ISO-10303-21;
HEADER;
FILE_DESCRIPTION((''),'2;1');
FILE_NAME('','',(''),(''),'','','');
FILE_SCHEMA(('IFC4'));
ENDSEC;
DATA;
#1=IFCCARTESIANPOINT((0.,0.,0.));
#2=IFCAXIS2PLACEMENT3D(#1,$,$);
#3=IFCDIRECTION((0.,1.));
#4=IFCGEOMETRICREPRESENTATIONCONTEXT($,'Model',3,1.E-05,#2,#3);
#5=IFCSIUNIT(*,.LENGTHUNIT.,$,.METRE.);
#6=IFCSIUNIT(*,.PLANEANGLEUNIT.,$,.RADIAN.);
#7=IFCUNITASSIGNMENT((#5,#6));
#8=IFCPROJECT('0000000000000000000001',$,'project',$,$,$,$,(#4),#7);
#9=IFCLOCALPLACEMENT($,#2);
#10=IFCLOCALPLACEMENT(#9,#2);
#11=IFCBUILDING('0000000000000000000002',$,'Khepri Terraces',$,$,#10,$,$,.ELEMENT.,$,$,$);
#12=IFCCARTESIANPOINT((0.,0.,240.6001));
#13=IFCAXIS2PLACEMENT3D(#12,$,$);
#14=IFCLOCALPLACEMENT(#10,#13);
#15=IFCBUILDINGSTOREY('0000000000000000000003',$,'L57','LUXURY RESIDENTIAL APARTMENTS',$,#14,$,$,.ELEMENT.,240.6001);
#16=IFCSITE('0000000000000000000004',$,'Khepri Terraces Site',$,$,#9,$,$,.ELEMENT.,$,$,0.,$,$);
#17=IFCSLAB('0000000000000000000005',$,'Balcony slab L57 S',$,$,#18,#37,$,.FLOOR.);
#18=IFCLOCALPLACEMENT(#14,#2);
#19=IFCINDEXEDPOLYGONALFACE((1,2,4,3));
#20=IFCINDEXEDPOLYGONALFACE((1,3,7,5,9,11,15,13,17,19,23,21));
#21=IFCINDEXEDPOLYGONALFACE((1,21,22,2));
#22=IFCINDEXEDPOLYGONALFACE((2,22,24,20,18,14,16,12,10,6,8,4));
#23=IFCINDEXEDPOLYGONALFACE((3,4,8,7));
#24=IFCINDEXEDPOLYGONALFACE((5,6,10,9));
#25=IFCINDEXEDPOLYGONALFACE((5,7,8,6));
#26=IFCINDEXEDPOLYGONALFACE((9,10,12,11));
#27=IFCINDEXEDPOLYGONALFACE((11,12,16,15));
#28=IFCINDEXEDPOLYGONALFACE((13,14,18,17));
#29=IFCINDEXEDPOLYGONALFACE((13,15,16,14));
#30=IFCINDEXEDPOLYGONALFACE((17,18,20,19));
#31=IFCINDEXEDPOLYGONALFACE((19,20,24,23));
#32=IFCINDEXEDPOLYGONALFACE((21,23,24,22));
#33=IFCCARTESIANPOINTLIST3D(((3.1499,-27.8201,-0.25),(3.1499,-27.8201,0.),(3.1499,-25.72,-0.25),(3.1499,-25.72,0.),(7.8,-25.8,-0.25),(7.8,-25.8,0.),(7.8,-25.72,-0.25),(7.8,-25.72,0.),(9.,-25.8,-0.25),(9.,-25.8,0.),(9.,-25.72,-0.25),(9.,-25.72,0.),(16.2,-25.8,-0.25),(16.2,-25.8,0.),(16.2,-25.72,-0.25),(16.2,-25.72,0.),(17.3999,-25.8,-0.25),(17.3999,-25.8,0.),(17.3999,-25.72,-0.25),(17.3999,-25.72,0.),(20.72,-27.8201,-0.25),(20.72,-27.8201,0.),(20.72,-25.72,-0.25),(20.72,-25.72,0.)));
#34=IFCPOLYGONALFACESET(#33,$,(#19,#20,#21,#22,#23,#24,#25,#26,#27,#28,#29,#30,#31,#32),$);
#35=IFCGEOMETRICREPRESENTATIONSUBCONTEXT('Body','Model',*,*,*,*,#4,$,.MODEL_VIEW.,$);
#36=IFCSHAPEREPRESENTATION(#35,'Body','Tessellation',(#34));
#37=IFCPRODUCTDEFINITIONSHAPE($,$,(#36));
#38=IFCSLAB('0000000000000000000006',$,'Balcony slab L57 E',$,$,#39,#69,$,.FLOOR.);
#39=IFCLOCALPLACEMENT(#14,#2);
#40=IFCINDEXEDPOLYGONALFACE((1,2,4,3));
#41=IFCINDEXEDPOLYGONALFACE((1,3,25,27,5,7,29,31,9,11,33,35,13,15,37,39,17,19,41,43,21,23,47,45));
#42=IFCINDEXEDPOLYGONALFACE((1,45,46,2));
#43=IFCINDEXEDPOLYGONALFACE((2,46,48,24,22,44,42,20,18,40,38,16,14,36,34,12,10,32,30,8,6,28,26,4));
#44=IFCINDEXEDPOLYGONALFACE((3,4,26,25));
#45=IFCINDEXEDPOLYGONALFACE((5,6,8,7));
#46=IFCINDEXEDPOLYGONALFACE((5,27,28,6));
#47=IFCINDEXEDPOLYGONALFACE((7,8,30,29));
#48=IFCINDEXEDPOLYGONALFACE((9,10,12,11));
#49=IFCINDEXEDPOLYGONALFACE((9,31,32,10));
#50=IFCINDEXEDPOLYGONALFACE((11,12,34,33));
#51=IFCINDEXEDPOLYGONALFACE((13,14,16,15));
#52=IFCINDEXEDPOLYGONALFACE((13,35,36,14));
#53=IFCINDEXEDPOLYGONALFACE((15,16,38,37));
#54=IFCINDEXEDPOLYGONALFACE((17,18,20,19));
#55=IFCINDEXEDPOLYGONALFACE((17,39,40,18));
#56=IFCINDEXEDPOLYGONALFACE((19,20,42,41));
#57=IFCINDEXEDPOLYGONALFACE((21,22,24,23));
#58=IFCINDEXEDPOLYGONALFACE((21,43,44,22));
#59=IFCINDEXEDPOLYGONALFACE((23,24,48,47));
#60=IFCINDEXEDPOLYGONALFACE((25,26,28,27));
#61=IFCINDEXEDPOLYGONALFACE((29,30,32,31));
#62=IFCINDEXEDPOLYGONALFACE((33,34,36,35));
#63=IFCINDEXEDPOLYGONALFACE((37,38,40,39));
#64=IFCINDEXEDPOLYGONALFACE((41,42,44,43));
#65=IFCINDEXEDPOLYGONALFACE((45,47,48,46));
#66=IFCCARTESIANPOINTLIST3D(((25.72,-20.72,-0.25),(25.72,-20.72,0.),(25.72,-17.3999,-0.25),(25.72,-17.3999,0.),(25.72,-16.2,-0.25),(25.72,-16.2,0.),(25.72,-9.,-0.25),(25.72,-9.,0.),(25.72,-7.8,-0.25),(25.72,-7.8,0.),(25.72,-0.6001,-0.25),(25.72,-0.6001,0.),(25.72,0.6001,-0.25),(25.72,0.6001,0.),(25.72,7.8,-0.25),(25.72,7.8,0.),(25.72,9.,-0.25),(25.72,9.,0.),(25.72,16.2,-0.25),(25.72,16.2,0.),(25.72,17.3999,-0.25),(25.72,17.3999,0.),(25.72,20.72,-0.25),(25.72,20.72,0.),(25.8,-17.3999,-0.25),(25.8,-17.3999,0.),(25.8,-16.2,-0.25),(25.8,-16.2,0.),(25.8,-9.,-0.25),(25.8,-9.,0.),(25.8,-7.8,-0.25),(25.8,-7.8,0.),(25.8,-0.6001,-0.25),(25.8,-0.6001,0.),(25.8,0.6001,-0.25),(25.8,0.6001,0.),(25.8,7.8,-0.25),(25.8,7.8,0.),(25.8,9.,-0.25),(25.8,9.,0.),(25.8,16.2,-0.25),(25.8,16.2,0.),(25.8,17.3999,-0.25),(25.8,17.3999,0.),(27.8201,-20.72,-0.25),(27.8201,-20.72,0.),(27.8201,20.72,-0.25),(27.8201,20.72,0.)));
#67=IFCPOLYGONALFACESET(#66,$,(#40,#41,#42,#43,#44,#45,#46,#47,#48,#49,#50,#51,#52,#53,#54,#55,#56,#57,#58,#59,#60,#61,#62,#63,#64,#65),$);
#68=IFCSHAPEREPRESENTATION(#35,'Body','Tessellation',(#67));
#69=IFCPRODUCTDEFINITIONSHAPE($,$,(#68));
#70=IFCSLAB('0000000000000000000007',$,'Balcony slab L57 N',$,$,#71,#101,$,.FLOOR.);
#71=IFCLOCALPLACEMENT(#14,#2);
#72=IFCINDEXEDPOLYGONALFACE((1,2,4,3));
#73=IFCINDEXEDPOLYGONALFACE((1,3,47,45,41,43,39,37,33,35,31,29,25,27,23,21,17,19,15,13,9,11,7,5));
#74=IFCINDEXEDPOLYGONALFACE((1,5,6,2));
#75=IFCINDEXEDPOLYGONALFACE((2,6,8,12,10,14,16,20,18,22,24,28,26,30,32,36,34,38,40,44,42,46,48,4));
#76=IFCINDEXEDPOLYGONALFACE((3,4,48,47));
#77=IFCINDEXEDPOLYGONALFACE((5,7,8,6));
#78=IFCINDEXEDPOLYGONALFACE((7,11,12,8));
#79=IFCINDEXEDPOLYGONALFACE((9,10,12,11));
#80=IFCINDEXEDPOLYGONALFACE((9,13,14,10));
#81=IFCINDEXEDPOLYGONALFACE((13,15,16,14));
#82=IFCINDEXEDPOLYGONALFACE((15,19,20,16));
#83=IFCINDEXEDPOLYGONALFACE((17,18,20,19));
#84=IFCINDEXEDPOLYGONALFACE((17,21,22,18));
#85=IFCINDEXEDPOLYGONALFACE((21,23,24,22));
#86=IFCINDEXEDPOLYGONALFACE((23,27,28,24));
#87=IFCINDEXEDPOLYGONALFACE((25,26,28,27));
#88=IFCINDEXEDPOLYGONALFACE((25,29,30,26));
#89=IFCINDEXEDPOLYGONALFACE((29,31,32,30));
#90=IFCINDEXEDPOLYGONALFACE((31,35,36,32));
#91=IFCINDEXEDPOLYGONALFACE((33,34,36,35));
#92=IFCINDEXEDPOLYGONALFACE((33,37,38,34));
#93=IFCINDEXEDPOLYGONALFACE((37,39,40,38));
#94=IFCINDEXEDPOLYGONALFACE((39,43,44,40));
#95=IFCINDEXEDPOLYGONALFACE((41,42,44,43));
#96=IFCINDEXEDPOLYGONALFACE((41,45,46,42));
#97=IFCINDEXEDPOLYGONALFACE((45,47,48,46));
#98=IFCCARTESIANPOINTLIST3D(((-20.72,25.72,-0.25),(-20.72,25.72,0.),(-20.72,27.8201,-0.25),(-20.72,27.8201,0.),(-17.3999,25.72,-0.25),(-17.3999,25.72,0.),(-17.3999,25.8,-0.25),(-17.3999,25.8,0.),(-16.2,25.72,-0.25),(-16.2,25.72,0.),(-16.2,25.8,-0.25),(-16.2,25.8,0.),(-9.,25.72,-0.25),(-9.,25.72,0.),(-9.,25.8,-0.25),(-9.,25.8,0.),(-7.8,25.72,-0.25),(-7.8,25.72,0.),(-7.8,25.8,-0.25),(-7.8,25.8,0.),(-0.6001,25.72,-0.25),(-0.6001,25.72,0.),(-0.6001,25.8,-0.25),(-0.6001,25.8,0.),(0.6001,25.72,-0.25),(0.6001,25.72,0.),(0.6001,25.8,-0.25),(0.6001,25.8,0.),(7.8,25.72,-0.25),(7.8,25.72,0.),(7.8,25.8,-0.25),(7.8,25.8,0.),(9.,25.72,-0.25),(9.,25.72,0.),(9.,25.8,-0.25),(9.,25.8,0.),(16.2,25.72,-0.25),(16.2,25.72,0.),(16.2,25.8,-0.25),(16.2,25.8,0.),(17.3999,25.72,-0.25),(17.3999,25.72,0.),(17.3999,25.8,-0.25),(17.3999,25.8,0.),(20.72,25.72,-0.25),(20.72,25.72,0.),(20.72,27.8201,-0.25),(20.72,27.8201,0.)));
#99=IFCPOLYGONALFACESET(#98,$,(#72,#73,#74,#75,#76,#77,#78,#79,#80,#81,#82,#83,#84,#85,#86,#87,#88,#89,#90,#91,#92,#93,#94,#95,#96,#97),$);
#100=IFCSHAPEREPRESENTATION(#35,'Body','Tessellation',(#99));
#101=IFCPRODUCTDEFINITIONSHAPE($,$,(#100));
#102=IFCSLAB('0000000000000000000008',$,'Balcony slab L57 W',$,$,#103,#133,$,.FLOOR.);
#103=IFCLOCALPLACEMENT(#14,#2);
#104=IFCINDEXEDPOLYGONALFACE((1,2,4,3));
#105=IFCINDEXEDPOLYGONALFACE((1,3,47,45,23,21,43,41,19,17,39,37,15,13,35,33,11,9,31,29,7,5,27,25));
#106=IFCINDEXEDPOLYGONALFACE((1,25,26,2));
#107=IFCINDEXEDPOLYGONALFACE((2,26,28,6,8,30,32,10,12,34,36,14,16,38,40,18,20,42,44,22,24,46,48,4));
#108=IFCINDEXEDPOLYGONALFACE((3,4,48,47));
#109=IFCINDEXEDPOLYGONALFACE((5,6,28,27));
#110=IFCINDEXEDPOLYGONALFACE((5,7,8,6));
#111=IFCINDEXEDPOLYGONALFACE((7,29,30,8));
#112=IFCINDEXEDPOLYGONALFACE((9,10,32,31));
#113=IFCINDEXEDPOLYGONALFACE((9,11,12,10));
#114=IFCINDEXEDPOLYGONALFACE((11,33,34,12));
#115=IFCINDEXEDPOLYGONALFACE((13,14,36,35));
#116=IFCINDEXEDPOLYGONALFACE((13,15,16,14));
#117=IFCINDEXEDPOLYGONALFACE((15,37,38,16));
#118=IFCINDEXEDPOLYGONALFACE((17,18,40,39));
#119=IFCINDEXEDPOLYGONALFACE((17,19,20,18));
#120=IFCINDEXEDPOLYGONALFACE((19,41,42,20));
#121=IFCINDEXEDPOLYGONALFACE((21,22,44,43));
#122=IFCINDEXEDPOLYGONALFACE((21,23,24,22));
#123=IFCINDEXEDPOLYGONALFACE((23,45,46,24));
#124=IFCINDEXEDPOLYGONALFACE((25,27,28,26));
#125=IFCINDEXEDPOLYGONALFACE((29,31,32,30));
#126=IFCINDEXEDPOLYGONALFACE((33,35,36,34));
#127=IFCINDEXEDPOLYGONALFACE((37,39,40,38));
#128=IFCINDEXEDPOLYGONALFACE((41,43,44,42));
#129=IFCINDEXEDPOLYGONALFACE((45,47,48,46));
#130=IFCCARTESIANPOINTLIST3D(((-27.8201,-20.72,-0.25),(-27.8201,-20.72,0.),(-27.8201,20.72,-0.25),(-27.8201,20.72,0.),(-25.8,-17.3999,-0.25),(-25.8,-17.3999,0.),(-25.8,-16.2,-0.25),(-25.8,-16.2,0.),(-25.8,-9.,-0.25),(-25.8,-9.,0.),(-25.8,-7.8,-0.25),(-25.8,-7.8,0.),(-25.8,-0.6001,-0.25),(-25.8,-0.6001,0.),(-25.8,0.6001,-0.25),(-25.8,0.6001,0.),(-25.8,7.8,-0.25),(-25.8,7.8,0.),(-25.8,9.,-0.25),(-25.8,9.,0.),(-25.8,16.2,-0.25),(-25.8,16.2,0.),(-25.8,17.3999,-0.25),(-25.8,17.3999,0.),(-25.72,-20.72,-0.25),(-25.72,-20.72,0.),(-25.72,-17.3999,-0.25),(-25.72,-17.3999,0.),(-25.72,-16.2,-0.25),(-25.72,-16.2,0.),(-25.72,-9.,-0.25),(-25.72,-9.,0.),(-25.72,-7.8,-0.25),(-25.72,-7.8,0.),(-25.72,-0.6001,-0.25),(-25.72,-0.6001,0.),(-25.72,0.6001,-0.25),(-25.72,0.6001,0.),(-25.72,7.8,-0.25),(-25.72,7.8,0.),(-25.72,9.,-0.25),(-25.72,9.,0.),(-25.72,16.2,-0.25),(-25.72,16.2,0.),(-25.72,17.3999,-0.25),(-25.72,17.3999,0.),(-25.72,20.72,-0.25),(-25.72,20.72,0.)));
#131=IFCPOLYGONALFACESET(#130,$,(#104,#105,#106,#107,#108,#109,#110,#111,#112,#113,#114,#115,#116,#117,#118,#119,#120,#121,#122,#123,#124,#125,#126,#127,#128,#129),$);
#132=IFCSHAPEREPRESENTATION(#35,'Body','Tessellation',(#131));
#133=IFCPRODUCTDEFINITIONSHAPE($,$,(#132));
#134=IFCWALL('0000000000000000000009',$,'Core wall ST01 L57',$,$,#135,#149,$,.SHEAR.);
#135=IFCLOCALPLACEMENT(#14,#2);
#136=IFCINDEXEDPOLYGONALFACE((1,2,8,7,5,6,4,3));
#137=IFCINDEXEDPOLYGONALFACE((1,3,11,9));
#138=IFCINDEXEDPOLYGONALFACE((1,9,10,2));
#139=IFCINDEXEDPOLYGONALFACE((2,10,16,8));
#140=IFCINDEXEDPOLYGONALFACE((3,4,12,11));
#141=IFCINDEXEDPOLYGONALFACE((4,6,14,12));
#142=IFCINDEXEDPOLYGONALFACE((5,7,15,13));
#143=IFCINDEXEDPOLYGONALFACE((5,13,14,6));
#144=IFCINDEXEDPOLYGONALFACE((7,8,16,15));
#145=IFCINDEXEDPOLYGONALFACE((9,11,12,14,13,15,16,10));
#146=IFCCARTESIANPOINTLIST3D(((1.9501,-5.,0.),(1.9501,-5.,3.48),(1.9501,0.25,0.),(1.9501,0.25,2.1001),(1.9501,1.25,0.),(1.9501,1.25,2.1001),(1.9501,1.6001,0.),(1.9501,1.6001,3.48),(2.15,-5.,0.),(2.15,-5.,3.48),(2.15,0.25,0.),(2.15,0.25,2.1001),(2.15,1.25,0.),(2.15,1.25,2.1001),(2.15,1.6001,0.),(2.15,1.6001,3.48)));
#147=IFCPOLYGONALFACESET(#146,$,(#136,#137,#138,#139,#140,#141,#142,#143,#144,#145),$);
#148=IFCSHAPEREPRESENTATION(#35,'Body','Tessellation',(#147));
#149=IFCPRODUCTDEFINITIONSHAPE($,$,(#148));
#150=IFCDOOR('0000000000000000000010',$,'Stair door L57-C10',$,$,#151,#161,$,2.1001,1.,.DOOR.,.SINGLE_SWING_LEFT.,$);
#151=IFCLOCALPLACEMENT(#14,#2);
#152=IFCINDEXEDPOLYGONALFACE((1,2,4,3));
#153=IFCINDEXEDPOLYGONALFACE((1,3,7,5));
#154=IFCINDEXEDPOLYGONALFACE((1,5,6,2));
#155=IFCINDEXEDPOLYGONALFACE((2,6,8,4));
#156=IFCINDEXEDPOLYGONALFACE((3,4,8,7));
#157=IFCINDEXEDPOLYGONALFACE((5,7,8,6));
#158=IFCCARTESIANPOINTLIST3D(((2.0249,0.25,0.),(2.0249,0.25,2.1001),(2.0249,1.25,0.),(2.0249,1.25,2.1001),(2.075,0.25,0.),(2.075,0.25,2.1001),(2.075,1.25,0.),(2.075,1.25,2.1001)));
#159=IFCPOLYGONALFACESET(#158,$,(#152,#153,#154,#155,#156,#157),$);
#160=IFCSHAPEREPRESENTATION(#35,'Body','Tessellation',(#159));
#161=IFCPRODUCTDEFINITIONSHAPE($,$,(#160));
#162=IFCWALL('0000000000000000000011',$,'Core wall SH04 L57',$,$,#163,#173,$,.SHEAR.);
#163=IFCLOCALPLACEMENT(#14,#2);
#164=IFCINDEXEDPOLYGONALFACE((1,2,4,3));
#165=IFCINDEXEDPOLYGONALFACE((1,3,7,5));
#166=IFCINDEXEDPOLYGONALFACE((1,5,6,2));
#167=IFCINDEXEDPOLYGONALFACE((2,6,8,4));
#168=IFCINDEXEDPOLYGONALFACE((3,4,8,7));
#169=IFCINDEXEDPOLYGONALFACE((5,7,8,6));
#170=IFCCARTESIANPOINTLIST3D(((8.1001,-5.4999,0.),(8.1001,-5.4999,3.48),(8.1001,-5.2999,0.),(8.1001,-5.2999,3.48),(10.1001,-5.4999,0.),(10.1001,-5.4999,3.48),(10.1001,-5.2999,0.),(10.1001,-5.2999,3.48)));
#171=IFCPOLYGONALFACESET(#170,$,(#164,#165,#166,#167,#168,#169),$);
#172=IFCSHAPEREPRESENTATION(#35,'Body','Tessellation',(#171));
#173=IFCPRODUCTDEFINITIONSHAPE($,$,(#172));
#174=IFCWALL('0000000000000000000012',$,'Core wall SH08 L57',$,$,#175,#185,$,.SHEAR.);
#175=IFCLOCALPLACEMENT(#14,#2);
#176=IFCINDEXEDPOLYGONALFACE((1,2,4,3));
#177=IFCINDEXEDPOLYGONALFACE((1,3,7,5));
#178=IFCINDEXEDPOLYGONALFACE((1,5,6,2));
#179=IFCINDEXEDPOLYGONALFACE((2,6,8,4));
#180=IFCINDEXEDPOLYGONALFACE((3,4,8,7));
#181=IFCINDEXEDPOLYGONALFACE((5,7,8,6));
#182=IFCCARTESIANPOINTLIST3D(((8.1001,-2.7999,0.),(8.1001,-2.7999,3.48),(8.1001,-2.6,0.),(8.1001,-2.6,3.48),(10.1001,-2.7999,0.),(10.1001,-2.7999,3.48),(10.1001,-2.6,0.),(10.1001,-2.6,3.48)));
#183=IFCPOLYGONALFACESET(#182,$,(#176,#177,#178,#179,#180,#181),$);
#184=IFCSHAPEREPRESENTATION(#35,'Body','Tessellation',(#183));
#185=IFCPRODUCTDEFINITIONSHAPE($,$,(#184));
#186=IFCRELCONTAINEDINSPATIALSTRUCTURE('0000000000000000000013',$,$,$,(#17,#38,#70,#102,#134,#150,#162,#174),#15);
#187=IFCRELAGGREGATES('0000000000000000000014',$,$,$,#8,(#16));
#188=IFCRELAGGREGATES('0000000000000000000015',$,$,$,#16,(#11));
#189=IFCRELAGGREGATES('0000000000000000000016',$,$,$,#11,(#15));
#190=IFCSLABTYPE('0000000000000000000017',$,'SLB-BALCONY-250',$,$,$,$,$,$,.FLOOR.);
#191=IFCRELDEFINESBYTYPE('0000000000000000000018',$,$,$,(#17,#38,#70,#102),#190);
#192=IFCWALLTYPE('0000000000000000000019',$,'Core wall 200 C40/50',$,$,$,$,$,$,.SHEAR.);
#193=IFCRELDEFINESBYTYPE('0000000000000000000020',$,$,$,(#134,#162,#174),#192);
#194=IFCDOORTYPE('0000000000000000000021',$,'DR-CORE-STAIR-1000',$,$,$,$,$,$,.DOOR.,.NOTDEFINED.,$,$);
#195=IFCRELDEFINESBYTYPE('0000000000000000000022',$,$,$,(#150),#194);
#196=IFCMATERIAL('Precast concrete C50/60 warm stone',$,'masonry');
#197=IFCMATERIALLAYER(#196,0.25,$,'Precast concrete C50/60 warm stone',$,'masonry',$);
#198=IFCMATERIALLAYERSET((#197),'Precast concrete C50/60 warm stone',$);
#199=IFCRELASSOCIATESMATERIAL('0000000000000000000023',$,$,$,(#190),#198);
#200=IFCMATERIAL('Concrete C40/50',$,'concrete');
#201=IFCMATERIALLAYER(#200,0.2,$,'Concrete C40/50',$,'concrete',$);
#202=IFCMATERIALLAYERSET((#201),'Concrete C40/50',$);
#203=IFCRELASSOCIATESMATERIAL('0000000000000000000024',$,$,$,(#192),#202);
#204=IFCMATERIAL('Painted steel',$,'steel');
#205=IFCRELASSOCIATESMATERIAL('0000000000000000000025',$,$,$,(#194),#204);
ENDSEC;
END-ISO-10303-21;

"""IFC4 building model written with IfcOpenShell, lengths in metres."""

from ifc_helpers import new_model, si_unit, direction, frame, frame_2d, origin, place, context, subcontext, project, spatial, polyline, rectangle, outline, extrude, material, layer, layer_set, type_object, element, fill, save


model = new_model("IFC4")

# Units and contexts
model_context = context("Model", 3, precision=1e-05, world=origin(), true_north=direction((0.0, 1.0)))
body_context = subcontext(model_context, "Body", "Model", "MODEL_VIEW")
ifc_project = project(units=[si_unit("LENGTHUNIT", "METRE"), si_unit("PLANEANGLEUNIT", "RADIAN")], contexts=[model_context])

# Site, building, storey
site_placement = place(None, origin())
site = spatial("IfcSite", under=ifc_project, at=site_placement, Name="Khepri Terraces Site", CompositionType="ELEMENT", RefElevation=0.0)
building_placement = place(site_placement, origin())
building = spatial("IfcBuilding", under=site, at=building_placement, Name="Khepri Terraces", CompositionType="ELEMENT")
storey_placement = place(building_placement, frame((0.0, 0.0, 240.6001)))
storey = spatial("IfcBuildingStorey", under=building, at=storey_placement, Name="L57", Description="LUXURY RESIDENTIAL APARTMENTS", CompositionType="ELEMENT", Elevation=240.6001)

# Slabs
ifc_material_1 = material(Name="Precast concrete C50/60 warm stone", Category="masonry")
ifc_layer_1 = layer(ifc_material_1, 0.25, Name="Precast concrete C50/60 warm stone", Category="masonry")
ifc_layer_set_1 = layer_set([ifc_layer_1], Name="Precast concrete C50/60 warm stone")
slab_type = type_object("IfcSlabType", Name="SLB-BALCONY-250", PredefinedType="FLOOR", material=ifc_layer_set_1)
slab_1_placement = place(storey_placement, frame((0.0, 0.0, -0.25)))
element("IfcSlab", 1, at=slab_1_placement, inside=storey, type_object=slab_type, Name="Balcony slab L57 S", PredefinedType="FLOOR", context=body_context, shape_type="SweptSolid", body=[
    extrude(outline(polyline([(7.8, -25.72), (3.1499, -25.72), (3.1499, -27.8201), (20.72, -27.8201), (20.72, -25.72), (17.3999, -25.72), (17.3999, -25.8), (16.2, -25.8), (16.2, -25.72), (9.0, -25.72), (9.0, -25.8), (7.8, -25.8), (7.8, -25.72)])), origin(), (0.0, 0.0, 1.0), 0.25),
])
slab_2_placement = place(storey_placement, frame((0.0, 0.0, -0.25)))
element("IfcSlab", 2, at=slab_2_placement, inside=storey, type_object=slab_type, Name="Balcony slab L57 E", PredefinedType="FLOOR", context=body_context, shape_type="SweptSolid", body=[
    extrude(outline(polyline([(25.72, -17.3999), (25.72, -20.72), (27.8201, -20.72), (27.8201, 20.72), (25.72, 20.72), (25.72, 17.3999), (25.8, 17.3999), (25.8, 16.2), (25.72, 16.2), (25.72, 9.0), (25.8, 9.0), (25.8, 7.8), (25.72, 7.8), (25.72, 0.6001), (25.8, 0.6001), (25.8, -0.6001), (25.72, -0.6001), (25.72, -7.8), (25.8, -7.8), (25.8, -9.0), (25.72, -9.0), (25.72, -16.2), (25.8, -16.2), (25.8, -17.3999), (25.72, -17.3999)])), origin(), (0.0, 0.0, 1.0), 0.25),
])
slab_3_placement = place(storey_placement, frame((0.0, 0.0, -0.25)))
element("IfcSlab", 3, at=slab_3_placement, inside=storey, type_object=slab_type, Name="Balcony slab L57 N", PredefinedType="FLOOR", context=body_context, shape_type="SweptSolid", body=[
    extrude(outline(polyline([(17.3999, 25.72), (20.72, 25.72), (20.72, 27.8201), (-20.72, 27.8201), (-20.72, 25.72), (-17.3999, 25.72), (-17.3999, 25.8), (-16.2, 25.8), (-16.2, 25.72), (-9.0, 25.72), (-9.0, 25.8), (-7.8, 25.8), (-7.8, 25.72), (-0.6001, 25.72), (-0.6001, 25.8), (0.6001, 25.8), (0.6001, 25.72), (7.8, 25.72), (7.8, 25.8), (9.0, 25.8), (9.0, 25.72), (16.2, 25.72), (16.2, 25.8), (17.3999, 25.8), (17.3999, 25.72)])), origin(), (0.0, 0.0, 1.0), 0.25),
])
slab_4_placement = place(storey_placement, frame((0.0, 0.0, -0.25)))
element("IfcSlab", 4, at=slab_4_placement, inside=storey, type_object=slab_type, Name="Balcony slab L57 W", PredefinedType="FLOOR", context=body_context, shape_type="SweptSolid", body=[
    extrude(outline(polyline([(-25.72, 17.3999), (-25.72, 20.72), (-27.8201, 20.72), (-27.8201, -20.72), (-25.72, -20.72), (-25.72, -17.3999), (-25.8, -17.3999), (-25.8, -16.2), (-25.72, -16.2), (-25.72, -9.0), (-25.8, -9.0), (-25.8, -7.8), (-25.72, -7.8), (-25.72, -0.6001), (-25.8, -0.6001), (-25.8, 0.6001), (-25.72, 0.6001), (-25.72, 7.8), (-25.8, 7.8), (-25.8, 9.0), (-25.72, 9.0), (-25.72, 16.2), (-25.8, 16.2), (-25.8, 17.3999), (-25.72, 17.3999)])), origin(), (0.0, 0.0, 1.0), 0.25),
])

# Wall, opening, door
ifc_material_2 = material(Name="Concrete C40/50", Category="concrete")
ifc_layer_2 = layer(ifc_material_2, 0.2, Name="Concrete C40/50", Category="concrete")
ifc_layer_set_2 = layer_set([ifc_layer_2], Name="Concrete C40/50")
wall_type_1 = type_object("IfcWallType", Name="Core wall 200 C40/50", PredefinedType="SHEAR", material=ifc_layer_set_2)
wall_1_placement = place(storey_placement, frame((2.05, -5.0, 0.0), z_axis=(0.0, 0.0, 1.0), x_axis=(0.0, 1.0, 0.0)))
wall_1 = element("IfcWall", 5, at=wall_1_placement, inside=storey, type_object=wall_type_1, Name="Core wall ST01 L57", PredefinedType="SHEAR", context=body_context, shape_type="SweptSolid", body=[
    extrude(rectangle(XDim=6.6001, YDim=0.2, at=frame_2d((3.3, 0.0))), origin(), (0.0, 0.0, 1.0), 3.48),
])
opening_1_placement = place(wall_1_placement, frame((5.25, 0.0, 0.0)))
opening_1 = element("IfcOpeningElement", 6, at=opening_1_placement, cuts=wall_1, PredefinedType="OPENING", context=body_context, shape_type="SweptSolid", body=[
    extrude(rectangle(XDim=1.0, YDim=2.1001, at=frame_2d((0.5, 1.05))), frame((0.0, 0.1099, 0.0), z_axis=(0.0, -1.0, 0.0), x_axis=(1.0, 0.0, 0.0)), (0.0, 0.0, 1.0), 0.22),
])
ifc_material_3 = material(Name="Painted steel", Category="steel")
door_type_1 = type_object("IfcDoorType", Name="DR-CORE-STAIR-1000", OperationType="NOTDEFINED", PredefinedType="DOOR", material=ifc_material_3)
door_1_placement = place(opening_1_placement, frame((1.0, 0.0, 0.0), z_axis=(0.0, 0.0, 1.0), x_axis=(-1.0, 0.0, 0.0)))
door_1 = element("IfcDoor", 7, at=door_1_placement, inside=storey, type_object=door_type_1, Name="Stair door L57-C10", OperationType="SINGLE_SWING_LEFT", OverallHeight=2.1001, OverallWidth=1.0, PredefinedType="DOOR", context=body_context, shape_type="SweptSolid", body=[
    extrude(rectangle(XDim=1.0, YDim=2.1001, at=frame_2d((0.5, 1.05))), frame((0.0, 0.0249, 0.0), z_axis=(0.0, -1.0, 0.0), x_axis=(1.0, 0.0, 0.0)), (0.0, 0.0, 1.0), 0.05),
])
fill(opening_1, door_1)

# Walls
for number, where, z_axis, x_axis, name in (
    (8, (8.1001, -5.3999, 0.0), (0.0, 0.0, 1.0), (1.0, 0.0, 0.0), "Core wall SH04 L57"),
    (9, (8.1001, -2.7, 0.0), (0.0, 0.0, 1.0), (1.0, 0.0, 0.0), "Core wall SH08 L57"),
):
    element("IfcWall", number, at=place(storey_placement, frame(where, z_axis=z_axis, x_axis=x_axis)), inside=storey, type_object=wall_type_1, Name=name, PredefinedType="SHEAR", context=body_context, shape_type="SweptSolid", body=[
        extrude(rectangle(XDim=2.0, YDim=0.2, at=frame_2d((1.0, 0.0))), origin(), (0.0, 0.0, 1.0), 3.48),
    ])

save(model, "model.ifc")
